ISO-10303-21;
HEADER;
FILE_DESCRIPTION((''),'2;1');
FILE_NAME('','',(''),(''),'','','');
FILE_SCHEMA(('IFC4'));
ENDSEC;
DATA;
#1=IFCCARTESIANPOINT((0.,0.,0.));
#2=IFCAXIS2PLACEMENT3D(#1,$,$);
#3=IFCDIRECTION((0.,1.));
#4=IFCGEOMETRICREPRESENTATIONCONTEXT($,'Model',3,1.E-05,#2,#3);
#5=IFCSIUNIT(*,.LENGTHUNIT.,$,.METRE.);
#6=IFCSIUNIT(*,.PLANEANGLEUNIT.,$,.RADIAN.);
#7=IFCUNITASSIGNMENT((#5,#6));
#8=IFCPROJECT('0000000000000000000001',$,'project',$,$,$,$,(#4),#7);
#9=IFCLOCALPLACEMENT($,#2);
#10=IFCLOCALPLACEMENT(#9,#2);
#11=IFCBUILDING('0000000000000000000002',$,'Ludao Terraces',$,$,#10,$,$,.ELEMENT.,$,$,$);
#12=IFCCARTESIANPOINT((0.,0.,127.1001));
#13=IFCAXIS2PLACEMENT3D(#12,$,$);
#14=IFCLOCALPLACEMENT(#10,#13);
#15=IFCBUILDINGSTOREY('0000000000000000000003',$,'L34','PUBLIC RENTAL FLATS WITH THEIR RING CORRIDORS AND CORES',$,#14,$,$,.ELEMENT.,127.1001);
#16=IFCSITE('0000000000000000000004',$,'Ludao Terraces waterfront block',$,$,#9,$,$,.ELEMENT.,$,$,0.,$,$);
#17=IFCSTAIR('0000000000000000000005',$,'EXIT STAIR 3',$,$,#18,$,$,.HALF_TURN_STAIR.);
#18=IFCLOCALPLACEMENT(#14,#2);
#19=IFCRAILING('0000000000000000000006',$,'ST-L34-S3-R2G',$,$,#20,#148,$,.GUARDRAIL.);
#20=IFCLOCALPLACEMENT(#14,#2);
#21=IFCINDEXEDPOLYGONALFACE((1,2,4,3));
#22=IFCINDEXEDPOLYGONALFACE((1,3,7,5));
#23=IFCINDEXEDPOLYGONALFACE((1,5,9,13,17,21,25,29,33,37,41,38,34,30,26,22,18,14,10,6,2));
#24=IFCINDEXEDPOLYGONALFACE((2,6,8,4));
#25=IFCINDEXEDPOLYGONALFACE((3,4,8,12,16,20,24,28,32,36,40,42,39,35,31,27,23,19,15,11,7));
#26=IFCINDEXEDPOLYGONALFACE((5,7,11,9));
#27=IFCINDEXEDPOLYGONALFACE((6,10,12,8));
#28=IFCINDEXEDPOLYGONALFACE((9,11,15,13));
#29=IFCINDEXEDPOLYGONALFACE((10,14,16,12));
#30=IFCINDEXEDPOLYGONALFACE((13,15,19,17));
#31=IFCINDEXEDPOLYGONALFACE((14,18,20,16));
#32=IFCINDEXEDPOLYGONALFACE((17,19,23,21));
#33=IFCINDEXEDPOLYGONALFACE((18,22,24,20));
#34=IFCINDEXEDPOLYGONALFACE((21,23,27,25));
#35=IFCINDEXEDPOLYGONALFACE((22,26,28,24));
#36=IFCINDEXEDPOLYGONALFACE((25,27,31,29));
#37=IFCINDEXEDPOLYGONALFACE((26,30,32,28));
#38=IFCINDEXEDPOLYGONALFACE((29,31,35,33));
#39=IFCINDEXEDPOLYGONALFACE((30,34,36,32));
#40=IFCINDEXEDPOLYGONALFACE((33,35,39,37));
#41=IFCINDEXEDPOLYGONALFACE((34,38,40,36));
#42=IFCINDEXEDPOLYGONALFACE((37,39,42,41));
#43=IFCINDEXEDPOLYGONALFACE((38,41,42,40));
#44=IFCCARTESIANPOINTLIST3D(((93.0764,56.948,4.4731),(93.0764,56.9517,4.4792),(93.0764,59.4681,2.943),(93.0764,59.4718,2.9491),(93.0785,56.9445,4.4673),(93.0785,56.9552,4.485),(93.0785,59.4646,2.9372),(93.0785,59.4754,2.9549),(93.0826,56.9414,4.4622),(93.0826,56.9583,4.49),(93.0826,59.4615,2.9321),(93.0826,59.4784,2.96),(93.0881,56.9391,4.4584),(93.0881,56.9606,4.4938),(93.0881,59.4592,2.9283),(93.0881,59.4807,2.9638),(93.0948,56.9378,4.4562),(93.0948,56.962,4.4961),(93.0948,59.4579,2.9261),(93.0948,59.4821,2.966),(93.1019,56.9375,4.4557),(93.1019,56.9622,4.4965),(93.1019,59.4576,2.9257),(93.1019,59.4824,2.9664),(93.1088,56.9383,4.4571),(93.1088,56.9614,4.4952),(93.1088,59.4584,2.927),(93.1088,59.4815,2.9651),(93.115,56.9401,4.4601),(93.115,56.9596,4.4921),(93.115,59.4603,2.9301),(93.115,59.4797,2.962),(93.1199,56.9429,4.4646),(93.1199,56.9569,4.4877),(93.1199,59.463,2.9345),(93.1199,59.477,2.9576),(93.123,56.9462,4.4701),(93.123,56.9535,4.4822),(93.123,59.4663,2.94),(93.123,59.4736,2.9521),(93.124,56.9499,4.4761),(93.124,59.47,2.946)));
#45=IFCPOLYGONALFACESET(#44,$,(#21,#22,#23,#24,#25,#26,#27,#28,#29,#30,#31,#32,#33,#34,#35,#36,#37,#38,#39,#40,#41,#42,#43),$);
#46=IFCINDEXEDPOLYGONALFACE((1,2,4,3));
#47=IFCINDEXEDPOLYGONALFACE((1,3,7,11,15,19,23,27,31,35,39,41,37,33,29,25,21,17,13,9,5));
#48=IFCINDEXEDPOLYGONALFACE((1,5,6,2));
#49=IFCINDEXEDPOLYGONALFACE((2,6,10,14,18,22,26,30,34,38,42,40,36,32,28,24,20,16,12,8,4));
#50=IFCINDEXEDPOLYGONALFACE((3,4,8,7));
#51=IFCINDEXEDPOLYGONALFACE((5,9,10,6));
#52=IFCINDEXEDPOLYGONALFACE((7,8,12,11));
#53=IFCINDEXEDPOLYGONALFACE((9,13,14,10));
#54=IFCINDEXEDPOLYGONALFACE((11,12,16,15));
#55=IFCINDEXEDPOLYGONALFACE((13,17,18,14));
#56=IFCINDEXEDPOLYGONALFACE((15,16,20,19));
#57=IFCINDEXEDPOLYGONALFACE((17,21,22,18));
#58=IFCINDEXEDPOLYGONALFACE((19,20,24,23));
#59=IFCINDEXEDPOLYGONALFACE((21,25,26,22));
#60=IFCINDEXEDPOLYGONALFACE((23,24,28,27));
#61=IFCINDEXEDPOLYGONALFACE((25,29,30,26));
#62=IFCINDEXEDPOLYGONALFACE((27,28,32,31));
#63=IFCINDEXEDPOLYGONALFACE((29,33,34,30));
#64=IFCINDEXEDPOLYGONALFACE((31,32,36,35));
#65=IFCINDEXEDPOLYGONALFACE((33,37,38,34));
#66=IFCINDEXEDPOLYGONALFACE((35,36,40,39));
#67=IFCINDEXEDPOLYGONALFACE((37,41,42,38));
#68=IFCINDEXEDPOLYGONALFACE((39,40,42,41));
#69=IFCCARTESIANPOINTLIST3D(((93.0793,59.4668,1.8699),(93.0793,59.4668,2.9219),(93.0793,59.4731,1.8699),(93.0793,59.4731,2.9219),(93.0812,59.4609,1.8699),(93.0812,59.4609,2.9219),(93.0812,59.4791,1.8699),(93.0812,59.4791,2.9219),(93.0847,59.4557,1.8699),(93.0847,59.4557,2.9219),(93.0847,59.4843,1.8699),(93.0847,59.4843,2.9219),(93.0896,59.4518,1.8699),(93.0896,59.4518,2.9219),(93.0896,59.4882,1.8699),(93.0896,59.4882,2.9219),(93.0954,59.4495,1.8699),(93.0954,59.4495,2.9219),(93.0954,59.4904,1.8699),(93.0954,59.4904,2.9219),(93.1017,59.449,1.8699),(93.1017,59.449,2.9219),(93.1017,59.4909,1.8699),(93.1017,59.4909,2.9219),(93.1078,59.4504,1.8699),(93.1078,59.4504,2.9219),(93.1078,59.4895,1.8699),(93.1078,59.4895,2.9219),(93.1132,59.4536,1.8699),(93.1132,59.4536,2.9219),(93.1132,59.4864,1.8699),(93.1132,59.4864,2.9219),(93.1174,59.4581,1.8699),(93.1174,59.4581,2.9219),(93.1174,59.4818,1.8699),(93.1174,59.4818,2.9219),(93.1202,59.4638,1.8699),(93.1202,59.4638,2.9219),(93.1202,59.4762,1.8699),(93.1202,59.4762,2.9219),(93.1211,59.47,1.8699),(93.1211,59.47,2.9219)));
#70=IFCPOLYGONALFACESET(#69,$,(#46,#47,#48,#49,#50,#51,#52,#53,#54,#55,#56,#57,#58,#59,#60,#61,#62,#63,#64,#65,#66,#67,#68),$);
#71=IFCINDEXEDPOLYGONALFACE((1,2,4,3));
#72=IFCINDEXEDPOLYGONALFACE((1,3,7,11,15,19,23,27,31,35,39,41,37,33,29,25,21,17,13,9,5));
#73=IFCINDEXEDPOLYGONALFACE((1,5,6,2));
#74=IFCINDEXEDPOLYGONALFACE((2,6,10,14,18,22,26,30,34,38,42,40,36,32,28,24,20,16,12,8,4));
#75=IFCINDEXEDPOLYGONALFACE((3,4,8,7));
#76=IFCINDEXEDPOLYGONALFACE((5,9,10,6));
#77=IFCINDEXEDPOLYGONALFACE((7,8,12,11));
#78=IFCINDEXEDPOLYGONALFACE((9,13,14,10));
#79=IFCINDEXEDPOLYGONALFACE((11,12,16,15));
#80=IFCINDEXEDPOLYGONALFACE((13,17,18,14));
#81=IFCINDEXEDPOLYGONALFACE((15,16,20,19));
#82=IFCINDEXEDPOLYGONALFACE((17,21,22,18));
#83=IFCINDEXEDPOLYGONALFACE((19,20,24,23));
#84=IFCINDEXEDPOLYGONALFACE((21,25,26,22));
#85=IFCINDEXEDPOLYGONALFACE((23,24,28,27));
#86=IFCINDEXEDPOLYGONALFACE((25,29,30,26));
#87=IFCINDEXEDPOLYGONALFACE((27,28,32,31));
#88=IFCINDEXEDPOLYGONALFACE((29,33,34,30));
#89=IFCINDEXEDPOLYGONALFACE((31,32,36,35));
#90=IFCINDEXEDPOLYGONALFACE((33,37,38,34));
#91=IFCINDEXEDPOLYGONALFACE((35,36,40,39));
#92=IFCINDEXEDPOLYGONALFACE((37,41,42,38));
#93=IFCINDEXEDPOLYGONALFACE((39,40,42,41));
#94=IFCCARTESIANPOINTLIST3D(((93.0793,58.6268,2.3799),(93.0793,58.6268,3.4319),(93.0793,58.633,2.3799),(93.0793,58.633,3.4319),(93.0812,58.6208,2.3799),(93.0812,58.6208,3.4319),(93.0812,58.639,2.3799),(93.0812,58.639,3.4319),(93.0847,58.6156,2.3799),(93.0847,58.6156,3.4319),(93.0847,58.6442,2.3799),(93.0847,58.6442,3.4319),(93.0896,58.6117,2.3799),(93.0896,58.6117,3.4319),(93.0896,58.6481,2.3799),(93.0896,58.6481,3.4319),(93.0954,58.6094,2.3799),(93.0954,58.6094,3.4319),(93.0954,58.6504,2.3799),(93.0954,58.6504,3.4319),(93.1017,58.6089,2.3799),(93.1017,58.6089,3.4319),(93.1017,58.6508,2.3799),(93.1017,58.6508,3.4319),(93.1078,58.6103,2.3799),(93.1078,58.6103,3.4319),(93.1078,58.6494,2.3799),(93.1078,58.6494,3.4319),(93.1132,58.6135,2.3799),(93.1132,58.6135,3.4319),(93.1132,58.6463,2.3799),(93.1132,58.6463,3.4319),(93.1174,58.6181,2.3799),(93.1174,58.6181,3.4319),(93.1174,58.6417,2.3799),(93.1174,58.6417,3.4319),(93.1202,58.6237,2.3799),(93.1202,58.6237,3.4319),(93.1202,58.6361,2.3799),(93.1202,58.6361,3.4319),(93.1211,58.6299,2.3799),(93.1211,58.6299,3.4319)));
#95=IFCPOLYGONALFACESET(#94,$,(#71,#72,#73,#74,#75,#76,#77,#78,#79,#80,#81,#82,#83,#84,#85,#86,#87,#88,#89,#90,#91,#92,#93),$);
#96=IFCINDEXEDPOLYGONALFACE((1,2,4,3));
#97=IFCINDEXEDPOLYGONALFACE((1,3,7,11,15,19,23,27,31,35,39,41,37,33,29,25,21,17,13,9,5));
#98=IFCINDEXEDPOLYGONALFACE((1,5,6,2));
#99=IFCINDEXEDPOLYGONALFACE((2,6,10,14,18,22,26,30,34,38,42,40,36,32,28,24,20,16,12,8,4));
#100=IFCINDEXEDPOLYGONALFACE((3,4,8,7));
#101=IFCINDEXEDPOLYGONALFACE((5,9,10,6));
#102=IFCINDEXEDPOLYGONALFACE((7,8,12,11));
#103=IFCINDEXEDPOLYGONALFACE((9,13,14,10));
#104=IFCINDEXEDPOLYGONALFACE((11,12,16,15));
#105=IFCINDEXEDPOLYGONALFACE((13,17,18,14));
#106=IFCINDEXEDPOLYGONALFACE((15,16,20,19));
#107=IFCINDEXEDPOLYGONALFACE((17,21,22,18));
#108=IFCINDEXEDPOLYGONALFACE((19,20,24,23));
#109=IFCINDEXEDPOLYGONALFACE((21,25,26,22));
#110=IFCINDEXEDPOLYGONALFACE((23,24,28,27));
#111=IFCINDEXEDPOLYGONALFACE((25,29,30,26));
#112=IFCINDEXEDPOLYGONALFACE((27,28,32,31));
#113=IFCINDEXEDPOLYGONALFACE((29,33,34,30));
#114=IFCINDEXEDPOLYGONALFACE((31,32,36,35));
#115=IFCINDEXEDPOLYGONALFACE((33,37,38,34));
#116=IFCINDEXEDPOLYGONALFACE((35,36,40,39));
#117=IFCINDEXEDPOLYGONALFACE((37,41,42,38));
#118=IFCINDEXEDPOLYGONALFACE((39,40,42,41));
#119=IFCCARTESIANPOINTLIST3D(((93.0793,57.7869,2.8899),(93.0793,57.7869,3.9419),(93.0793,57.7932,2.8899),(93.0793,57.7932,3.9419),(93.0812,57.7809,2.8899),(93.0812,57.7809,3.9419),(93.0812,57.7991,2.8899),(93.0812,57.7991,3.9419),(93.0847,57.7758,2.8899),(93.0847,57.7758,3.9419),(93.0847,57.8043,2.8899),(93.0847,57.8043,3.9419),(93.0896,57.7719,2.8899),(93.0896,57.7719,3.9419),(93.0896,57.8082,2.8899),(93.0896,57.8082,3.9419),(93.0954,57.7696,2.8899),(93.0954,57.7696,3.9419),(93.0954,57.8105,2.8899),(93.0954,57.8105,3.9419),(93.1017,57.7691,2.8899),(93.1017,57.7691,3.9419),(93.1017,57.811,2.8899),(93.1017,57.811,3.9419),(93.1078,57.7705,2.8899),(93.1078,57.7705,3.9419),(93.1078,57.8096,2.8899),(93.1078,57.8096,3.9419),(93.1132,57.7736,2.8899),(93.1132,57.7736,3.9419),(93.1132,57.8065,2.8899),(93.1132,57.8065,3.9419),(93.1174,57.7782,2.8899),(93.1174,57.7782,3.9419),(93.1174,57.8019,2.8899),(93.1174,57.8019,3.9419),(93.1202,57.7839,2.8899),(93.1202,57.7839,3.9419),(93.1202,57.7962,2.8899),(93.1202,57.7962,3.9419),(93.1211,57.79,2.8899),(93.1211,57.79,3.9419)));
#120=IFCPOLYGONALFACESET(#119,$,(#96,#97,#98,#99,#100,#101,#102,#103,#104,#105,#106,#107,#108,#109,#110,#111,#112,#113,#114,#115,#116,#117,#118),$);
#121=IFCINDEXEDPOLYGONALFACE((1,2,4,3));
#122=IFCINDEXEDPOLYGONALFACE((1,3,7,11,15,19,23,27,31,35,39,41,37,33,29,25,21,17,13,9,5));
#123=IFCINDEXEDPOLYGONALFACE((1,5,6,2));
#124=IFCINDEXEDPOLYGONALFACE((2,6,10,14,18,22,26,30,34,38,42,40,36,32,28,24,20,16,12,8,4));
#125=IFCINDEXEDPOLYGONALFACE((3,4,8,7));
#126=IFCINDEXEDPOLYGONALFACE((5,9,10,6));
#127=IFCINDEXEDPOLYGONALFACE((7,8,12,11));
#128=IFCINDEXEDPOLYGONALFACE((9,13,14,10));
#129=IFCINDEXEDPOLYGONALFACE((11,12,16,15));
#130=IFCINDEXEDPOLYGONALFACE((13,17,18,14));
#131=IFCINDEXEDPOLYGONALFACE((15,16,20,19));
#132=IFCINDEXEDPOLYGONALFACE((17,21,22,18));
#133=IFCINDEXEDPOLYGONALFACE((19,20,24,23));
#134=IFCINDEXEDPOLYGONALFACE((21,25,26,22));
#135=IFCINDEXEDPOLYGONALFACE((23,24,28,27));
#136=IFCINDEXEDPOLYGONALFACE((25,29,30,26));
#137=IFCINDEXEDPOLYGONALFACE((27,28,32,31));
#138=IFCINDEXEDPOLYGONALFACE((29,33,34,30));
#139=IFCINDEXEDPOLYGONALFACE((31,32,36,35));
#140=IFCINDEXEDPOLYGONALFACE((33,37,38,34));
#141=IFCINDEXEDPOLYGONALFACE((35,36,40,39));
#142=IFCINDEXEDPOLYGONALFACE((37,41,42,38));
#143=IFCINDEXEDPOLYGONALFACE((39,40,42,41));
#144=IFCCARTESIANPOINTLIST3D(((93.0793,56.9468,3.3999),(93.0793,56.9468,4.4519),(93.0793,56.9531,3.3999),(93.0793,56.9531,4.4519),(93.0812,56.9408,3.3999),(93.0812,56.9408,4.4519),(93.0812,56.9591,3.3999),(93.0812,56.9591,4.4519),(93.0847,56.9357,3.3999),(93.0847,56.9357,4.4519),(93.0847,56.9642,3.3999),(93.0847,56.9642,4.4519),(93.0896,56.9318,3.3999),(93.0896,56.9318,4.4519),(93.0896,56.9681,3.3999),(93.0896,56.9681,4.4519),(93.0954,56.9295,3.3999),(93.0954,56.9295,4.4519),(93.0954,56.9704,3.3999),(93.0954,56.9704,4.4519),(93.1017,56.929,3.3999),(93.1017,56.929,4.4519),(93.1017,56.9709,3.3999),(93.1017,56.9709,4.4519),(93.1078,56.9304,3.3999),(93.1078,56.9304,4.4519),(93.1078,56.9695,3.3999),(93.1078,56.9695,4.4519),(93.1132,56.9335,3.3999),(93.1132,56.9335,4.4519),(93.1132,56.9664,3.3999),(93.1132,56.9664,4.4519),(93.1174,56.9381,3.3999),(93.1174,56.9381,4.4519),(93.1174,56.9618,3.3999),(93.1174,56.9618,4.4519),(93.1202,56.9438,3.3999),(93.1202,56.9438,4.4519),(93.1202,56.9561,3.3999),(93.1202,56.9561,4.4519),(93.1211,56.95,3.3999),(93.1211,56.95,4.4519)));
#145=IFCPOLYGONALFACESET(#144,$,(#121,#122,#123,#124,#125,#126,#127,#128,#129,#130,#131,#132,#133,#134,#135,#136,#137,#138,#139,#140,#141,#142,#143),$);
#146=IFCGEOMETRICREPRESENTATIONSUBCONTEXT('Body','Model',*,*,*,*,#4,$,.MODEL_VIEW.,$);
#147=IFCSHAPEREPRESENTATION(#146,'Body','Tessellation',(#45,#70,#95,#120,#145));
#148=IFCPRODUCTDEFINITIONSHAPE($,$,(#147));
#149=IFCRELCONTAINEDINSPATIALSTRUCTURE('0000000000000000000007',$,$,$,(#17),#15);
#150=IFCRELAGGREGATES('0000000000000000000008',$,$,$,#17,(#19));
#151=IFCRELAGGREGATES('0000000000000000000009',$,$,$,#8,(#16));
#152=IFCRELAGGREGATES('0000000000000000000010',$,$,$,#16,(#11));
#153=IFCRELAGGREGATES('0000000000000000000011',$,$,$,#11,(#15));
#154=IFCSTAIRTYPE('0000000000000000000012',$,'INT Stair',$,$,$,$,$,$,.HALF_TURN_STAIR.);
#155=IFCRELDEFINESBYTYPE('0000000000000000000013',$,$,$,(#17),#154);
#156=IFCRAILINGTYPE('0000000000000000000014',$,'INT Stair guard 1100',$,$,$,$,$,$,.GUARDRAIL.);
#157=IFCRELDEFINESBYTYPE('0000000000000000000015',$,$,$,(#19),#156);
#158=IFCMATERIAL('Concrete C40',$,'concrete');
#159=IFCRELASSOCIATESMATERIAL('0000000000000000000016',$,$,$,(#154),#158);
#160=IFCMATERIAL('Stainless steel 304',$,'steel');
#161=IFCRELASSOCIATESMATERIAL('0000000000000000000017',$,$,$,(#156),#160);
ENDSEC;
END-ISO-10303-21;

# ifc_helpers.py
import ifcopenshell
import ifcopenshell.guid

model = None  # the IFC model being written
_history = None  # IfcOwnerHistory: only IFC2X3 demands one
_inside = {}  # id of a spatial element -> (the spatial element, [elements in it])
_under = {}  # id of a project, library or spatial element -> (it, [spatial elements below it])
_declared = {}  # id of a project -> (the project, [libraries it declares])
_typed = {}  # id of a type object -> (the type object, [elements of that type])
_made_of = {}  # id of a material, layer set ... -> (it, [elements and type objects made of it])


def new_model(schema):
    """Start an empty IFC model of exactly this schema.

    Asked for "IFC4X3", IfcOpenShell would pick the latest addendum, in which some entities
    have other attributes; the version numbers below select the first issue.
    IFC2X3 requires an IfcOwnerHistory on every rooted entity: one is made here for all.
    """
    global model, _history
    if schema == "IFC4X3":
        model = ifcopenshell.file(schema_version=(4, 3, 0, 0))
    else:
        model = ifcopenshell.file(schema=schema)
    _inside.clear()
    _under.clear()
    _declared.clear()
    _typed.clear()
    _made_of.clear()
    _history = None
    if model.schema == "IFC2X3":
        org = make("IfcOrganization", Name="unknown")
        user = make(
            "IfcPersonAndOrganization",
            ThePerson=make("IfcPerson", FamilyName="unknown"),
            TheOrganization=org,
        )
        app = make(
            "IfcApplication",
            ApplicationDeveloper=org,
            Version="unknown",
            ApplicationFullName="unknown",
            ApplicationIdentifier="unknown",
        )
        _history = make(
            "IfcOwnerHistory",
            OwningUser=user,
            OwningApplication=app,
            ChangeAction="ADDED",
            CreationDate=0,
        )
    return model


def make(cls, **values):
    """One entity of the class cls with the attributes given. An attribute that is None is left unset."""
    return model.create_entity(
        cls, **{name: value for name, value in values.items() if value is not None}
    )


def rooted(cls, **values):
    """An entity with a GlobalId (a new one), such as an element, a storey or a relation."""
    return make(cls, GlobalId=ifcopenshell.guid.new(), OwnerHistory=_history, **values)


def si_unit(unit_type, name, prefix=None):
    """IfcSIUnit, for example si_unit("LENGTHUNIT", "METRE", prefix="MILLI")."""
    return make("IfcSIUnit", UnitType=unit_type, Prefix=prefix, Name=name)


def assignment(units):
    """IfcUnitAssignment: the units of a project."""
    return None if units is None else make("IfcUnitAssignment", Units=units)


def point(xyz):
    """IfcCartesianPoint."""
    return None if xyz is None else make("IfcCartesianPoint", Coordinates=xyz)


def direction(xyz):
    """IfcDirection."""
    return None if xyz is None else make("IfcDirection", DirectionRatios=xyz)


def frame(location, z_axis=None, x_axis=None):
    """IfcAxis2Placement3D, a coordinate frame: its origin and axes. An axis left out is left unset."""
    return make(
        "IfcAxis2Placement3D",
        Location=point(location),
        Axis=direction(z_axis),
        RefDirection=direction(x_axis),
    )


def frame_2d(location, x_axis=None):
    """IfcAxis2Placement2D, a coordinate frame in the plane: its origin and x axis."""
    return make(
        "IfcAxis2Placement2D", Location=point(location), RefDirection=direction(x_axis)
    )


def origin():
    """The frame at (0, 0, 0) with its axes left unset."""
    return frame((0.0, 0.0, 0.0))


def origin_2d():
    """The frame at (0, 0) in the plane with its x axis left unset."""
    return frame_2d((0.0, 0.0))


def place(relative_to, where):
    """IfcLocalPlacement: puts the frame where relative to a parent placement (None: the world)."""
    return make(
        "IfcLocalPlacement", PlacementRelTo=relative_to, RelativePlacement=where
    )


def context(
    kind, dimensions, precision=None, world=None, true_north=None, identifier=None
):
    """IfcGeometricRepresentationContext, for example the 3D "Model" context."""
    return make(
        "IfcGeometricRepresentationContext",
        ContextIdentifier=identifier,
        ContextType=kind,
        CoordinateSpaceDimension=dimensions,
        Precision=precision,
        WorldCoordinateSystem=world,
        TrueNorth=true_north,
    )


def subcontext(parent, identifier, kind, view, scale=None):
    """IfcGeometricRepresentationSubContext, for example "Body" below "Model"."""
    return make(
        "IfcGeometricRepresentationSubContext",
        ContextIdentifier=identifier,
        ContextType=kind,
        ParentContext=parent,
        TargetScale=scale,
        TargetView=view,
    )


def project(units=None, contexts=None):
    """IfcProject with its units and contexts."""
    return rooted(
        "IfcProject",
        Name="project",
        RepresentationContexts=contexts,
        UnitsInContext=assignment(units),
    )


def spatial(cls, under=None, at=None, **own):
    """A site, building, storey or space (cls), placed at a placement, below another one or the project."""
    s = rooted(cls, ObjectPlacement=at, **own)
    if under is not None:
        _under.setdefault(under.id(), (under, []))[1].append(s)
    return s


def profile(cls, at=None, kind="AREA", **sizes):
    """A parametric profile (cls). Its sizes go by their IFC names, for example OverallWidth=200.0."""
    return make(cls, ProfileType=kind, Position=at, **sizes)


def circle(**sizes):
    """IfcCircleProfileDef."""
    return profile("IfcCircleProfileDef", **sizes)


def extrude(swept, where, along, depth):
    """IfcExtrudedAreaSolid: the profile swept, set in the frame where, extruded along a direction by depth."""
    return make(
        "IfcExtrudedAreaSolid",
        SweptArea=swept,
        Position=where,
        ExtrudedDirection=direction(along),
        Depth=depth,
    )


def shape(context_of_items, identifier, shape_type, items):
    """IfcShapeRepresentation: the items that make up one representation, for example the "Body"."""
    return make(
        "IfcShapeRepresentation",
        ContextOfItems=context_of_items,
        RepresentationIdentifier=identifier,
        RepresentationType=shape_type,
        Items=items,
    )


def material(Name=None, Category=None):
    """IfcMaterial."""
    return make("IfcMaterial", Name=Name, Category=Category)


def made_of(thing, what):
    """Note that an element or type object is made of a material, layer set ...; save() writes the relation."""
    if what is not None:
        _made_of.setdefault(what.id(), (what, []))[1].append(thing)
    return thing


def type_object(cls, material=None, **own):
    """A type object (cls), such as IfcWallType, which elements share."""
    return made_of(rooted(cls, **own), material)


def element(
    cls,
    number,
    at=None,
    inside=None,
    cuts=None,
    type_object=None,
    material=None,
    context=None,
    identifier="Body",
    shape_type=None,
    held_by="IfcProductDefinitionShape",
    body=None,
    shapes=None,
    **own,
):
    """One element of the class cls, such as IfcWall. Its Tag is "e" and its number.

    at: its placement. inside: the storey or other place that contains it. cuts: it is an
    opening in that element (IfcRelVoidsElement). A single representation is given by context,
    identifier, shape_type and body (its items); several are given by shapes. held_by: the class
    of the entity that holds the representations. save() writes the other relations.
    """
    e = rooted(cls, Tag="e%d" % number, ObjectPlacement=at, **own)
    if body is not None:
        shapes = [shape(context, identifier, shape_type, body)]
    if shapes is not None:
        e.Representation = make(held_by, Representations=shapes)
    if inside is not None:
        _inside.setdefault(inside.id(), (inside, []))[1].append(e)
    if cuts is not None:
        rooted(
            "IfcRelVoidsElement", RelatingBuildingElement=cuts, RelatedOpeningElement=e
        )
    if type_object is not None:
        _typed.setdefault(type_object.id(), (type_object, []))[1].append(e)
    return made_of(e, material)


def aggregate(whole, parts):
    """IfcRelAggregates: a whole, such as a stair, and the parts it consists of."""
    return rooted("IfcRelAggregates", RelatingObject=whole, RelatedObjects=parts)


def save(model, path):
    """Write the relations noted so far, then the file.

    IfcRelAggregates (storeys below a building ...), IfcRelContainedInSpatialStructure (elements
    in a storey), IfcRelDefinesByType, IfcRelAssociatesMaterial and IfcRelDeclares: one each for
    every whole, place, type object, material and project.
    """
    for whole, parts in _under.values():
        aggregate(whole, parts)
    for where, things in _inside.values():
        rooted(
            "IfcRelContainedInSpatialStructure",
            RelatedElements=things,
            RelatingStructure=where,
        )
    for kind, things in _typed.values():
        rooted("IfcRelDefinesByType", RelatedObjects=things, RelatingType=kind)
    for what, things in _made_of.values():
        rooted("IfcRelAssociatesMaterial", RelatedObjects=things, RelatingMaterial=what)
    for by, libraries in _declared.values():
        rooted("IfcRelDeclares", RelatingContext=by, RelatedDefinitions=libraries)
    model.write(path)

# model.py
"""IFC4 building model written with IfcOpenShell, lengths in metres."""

from ifc_helpers import new_model, si_unit, direction, frame, origin, origin_2d, place, context, subcontext, project, spatial, circle, extrude, material, type_object, element, aggregate, save


model = new_model("IFC4")

# Units and contexts
model_context = context("Model", 3, precision=1e-05, world=origin(), true_north=direction((0.0, 1.0)))
body_context = subcontext(model_context, "Body", "Model", "MODEL_VIEW")
ifc_project = project(units=[si_unit("LENGTHUNIT", "METRE"), si_unit("PLANEANGLEUNIT", "RADIAN")], contexts=[model_context])

# Site, building, storey
site_placement = place(None, origin())
site = spatial("IfcSite", under=ifc_project, at=site_placement, Name="Ludao Terraces waterfront block", CompositionType="ELEMENT", RefElevation=0.0)
building_placement = place(site_placement, origin())
building = spatial("IfcBuilding", under=site, at=building_placement, Name="Ludao Terraces", CompositionType="ELEMENT")
storey_placement = place(building_placement, frame((0.0, 0.0, 127.1001)))
storey = spatial("IfcBuildingStorey", under=building, at=storey_placement, Name="L34", Description="PUBLIC RENTAL FLATS WITH THEIR RING CORRIDORS AND CORES", CompositionType="ELEMENT", Elevation=127.1001)

# Shared definitions
ifc_material_1 = material(Name="Concrete C40", Category="concrete")

# Stair, railing
stair_type = type_object("IfcStairType", Name="INT Stair", PredefinedType="HALF_TURN_STAIR", material=ifc_material_1)
stair_placement = place(storey_placement, origin())
stair = element("IfcStair", 1, at=stair_placement, inside=storey, type_object=stair_type, Name="EXIT STAIR 3", PredefinedType="HALF_TURN_STAIR")
ifc_material_2 = material(Name="Stainless steel 304", Category="steel")
railing_type_1 = type_object("IfcRailingType", Name="INT Stair guard 1100", PredefinedType="GUARDRAIL", material=ifc_material_2)
railing_1_placement = place(storey_placement, frame((93.1001, 59.47, 1.8699)))
railing_1 = element("IfcRailing", 2, at=railing_1_placement, type_object=railing_type_1, Name="ST-L34-S3-R2G", PredefinedType="GUARDRAIL", context=body_context, shape_type="SweptSolid", body=[
    extrude(circle(Radius=0.0239, at=origin_2d()), frame((0.0, 0.0, 1.0762), z_axis=(0.0, -0.854785, 0.518982), x_axis=(1.0, 0.0, 0.0)), (0.0, 0.0, 1.0), 2.9482),
    extrude(circle(Radius=0.021, at=origin_2d()), origin(), (0.0, 0.0, 1.0), 1.052),
    extrude(circle(Radius=0.021, at=origin_2d()), frame((0.0, -0.8401, 0.51)), (0.0, 0.0, 1.0), 1.052),
    extrude(circle(Radius=0.021, at=origin_2d()), frame((0.0, -1.6799, 1.02)), (0.0, 0.0, 1.0), 1.052),
    extrude(circle(Radius=0.021, at=origin_2d()), frame((0.0, -2.52, 1.53)), (0.0, 0.0, 1.0), 1.052),
])
aggregate(stair, [railing_1])

save(model, "model.ifc")
